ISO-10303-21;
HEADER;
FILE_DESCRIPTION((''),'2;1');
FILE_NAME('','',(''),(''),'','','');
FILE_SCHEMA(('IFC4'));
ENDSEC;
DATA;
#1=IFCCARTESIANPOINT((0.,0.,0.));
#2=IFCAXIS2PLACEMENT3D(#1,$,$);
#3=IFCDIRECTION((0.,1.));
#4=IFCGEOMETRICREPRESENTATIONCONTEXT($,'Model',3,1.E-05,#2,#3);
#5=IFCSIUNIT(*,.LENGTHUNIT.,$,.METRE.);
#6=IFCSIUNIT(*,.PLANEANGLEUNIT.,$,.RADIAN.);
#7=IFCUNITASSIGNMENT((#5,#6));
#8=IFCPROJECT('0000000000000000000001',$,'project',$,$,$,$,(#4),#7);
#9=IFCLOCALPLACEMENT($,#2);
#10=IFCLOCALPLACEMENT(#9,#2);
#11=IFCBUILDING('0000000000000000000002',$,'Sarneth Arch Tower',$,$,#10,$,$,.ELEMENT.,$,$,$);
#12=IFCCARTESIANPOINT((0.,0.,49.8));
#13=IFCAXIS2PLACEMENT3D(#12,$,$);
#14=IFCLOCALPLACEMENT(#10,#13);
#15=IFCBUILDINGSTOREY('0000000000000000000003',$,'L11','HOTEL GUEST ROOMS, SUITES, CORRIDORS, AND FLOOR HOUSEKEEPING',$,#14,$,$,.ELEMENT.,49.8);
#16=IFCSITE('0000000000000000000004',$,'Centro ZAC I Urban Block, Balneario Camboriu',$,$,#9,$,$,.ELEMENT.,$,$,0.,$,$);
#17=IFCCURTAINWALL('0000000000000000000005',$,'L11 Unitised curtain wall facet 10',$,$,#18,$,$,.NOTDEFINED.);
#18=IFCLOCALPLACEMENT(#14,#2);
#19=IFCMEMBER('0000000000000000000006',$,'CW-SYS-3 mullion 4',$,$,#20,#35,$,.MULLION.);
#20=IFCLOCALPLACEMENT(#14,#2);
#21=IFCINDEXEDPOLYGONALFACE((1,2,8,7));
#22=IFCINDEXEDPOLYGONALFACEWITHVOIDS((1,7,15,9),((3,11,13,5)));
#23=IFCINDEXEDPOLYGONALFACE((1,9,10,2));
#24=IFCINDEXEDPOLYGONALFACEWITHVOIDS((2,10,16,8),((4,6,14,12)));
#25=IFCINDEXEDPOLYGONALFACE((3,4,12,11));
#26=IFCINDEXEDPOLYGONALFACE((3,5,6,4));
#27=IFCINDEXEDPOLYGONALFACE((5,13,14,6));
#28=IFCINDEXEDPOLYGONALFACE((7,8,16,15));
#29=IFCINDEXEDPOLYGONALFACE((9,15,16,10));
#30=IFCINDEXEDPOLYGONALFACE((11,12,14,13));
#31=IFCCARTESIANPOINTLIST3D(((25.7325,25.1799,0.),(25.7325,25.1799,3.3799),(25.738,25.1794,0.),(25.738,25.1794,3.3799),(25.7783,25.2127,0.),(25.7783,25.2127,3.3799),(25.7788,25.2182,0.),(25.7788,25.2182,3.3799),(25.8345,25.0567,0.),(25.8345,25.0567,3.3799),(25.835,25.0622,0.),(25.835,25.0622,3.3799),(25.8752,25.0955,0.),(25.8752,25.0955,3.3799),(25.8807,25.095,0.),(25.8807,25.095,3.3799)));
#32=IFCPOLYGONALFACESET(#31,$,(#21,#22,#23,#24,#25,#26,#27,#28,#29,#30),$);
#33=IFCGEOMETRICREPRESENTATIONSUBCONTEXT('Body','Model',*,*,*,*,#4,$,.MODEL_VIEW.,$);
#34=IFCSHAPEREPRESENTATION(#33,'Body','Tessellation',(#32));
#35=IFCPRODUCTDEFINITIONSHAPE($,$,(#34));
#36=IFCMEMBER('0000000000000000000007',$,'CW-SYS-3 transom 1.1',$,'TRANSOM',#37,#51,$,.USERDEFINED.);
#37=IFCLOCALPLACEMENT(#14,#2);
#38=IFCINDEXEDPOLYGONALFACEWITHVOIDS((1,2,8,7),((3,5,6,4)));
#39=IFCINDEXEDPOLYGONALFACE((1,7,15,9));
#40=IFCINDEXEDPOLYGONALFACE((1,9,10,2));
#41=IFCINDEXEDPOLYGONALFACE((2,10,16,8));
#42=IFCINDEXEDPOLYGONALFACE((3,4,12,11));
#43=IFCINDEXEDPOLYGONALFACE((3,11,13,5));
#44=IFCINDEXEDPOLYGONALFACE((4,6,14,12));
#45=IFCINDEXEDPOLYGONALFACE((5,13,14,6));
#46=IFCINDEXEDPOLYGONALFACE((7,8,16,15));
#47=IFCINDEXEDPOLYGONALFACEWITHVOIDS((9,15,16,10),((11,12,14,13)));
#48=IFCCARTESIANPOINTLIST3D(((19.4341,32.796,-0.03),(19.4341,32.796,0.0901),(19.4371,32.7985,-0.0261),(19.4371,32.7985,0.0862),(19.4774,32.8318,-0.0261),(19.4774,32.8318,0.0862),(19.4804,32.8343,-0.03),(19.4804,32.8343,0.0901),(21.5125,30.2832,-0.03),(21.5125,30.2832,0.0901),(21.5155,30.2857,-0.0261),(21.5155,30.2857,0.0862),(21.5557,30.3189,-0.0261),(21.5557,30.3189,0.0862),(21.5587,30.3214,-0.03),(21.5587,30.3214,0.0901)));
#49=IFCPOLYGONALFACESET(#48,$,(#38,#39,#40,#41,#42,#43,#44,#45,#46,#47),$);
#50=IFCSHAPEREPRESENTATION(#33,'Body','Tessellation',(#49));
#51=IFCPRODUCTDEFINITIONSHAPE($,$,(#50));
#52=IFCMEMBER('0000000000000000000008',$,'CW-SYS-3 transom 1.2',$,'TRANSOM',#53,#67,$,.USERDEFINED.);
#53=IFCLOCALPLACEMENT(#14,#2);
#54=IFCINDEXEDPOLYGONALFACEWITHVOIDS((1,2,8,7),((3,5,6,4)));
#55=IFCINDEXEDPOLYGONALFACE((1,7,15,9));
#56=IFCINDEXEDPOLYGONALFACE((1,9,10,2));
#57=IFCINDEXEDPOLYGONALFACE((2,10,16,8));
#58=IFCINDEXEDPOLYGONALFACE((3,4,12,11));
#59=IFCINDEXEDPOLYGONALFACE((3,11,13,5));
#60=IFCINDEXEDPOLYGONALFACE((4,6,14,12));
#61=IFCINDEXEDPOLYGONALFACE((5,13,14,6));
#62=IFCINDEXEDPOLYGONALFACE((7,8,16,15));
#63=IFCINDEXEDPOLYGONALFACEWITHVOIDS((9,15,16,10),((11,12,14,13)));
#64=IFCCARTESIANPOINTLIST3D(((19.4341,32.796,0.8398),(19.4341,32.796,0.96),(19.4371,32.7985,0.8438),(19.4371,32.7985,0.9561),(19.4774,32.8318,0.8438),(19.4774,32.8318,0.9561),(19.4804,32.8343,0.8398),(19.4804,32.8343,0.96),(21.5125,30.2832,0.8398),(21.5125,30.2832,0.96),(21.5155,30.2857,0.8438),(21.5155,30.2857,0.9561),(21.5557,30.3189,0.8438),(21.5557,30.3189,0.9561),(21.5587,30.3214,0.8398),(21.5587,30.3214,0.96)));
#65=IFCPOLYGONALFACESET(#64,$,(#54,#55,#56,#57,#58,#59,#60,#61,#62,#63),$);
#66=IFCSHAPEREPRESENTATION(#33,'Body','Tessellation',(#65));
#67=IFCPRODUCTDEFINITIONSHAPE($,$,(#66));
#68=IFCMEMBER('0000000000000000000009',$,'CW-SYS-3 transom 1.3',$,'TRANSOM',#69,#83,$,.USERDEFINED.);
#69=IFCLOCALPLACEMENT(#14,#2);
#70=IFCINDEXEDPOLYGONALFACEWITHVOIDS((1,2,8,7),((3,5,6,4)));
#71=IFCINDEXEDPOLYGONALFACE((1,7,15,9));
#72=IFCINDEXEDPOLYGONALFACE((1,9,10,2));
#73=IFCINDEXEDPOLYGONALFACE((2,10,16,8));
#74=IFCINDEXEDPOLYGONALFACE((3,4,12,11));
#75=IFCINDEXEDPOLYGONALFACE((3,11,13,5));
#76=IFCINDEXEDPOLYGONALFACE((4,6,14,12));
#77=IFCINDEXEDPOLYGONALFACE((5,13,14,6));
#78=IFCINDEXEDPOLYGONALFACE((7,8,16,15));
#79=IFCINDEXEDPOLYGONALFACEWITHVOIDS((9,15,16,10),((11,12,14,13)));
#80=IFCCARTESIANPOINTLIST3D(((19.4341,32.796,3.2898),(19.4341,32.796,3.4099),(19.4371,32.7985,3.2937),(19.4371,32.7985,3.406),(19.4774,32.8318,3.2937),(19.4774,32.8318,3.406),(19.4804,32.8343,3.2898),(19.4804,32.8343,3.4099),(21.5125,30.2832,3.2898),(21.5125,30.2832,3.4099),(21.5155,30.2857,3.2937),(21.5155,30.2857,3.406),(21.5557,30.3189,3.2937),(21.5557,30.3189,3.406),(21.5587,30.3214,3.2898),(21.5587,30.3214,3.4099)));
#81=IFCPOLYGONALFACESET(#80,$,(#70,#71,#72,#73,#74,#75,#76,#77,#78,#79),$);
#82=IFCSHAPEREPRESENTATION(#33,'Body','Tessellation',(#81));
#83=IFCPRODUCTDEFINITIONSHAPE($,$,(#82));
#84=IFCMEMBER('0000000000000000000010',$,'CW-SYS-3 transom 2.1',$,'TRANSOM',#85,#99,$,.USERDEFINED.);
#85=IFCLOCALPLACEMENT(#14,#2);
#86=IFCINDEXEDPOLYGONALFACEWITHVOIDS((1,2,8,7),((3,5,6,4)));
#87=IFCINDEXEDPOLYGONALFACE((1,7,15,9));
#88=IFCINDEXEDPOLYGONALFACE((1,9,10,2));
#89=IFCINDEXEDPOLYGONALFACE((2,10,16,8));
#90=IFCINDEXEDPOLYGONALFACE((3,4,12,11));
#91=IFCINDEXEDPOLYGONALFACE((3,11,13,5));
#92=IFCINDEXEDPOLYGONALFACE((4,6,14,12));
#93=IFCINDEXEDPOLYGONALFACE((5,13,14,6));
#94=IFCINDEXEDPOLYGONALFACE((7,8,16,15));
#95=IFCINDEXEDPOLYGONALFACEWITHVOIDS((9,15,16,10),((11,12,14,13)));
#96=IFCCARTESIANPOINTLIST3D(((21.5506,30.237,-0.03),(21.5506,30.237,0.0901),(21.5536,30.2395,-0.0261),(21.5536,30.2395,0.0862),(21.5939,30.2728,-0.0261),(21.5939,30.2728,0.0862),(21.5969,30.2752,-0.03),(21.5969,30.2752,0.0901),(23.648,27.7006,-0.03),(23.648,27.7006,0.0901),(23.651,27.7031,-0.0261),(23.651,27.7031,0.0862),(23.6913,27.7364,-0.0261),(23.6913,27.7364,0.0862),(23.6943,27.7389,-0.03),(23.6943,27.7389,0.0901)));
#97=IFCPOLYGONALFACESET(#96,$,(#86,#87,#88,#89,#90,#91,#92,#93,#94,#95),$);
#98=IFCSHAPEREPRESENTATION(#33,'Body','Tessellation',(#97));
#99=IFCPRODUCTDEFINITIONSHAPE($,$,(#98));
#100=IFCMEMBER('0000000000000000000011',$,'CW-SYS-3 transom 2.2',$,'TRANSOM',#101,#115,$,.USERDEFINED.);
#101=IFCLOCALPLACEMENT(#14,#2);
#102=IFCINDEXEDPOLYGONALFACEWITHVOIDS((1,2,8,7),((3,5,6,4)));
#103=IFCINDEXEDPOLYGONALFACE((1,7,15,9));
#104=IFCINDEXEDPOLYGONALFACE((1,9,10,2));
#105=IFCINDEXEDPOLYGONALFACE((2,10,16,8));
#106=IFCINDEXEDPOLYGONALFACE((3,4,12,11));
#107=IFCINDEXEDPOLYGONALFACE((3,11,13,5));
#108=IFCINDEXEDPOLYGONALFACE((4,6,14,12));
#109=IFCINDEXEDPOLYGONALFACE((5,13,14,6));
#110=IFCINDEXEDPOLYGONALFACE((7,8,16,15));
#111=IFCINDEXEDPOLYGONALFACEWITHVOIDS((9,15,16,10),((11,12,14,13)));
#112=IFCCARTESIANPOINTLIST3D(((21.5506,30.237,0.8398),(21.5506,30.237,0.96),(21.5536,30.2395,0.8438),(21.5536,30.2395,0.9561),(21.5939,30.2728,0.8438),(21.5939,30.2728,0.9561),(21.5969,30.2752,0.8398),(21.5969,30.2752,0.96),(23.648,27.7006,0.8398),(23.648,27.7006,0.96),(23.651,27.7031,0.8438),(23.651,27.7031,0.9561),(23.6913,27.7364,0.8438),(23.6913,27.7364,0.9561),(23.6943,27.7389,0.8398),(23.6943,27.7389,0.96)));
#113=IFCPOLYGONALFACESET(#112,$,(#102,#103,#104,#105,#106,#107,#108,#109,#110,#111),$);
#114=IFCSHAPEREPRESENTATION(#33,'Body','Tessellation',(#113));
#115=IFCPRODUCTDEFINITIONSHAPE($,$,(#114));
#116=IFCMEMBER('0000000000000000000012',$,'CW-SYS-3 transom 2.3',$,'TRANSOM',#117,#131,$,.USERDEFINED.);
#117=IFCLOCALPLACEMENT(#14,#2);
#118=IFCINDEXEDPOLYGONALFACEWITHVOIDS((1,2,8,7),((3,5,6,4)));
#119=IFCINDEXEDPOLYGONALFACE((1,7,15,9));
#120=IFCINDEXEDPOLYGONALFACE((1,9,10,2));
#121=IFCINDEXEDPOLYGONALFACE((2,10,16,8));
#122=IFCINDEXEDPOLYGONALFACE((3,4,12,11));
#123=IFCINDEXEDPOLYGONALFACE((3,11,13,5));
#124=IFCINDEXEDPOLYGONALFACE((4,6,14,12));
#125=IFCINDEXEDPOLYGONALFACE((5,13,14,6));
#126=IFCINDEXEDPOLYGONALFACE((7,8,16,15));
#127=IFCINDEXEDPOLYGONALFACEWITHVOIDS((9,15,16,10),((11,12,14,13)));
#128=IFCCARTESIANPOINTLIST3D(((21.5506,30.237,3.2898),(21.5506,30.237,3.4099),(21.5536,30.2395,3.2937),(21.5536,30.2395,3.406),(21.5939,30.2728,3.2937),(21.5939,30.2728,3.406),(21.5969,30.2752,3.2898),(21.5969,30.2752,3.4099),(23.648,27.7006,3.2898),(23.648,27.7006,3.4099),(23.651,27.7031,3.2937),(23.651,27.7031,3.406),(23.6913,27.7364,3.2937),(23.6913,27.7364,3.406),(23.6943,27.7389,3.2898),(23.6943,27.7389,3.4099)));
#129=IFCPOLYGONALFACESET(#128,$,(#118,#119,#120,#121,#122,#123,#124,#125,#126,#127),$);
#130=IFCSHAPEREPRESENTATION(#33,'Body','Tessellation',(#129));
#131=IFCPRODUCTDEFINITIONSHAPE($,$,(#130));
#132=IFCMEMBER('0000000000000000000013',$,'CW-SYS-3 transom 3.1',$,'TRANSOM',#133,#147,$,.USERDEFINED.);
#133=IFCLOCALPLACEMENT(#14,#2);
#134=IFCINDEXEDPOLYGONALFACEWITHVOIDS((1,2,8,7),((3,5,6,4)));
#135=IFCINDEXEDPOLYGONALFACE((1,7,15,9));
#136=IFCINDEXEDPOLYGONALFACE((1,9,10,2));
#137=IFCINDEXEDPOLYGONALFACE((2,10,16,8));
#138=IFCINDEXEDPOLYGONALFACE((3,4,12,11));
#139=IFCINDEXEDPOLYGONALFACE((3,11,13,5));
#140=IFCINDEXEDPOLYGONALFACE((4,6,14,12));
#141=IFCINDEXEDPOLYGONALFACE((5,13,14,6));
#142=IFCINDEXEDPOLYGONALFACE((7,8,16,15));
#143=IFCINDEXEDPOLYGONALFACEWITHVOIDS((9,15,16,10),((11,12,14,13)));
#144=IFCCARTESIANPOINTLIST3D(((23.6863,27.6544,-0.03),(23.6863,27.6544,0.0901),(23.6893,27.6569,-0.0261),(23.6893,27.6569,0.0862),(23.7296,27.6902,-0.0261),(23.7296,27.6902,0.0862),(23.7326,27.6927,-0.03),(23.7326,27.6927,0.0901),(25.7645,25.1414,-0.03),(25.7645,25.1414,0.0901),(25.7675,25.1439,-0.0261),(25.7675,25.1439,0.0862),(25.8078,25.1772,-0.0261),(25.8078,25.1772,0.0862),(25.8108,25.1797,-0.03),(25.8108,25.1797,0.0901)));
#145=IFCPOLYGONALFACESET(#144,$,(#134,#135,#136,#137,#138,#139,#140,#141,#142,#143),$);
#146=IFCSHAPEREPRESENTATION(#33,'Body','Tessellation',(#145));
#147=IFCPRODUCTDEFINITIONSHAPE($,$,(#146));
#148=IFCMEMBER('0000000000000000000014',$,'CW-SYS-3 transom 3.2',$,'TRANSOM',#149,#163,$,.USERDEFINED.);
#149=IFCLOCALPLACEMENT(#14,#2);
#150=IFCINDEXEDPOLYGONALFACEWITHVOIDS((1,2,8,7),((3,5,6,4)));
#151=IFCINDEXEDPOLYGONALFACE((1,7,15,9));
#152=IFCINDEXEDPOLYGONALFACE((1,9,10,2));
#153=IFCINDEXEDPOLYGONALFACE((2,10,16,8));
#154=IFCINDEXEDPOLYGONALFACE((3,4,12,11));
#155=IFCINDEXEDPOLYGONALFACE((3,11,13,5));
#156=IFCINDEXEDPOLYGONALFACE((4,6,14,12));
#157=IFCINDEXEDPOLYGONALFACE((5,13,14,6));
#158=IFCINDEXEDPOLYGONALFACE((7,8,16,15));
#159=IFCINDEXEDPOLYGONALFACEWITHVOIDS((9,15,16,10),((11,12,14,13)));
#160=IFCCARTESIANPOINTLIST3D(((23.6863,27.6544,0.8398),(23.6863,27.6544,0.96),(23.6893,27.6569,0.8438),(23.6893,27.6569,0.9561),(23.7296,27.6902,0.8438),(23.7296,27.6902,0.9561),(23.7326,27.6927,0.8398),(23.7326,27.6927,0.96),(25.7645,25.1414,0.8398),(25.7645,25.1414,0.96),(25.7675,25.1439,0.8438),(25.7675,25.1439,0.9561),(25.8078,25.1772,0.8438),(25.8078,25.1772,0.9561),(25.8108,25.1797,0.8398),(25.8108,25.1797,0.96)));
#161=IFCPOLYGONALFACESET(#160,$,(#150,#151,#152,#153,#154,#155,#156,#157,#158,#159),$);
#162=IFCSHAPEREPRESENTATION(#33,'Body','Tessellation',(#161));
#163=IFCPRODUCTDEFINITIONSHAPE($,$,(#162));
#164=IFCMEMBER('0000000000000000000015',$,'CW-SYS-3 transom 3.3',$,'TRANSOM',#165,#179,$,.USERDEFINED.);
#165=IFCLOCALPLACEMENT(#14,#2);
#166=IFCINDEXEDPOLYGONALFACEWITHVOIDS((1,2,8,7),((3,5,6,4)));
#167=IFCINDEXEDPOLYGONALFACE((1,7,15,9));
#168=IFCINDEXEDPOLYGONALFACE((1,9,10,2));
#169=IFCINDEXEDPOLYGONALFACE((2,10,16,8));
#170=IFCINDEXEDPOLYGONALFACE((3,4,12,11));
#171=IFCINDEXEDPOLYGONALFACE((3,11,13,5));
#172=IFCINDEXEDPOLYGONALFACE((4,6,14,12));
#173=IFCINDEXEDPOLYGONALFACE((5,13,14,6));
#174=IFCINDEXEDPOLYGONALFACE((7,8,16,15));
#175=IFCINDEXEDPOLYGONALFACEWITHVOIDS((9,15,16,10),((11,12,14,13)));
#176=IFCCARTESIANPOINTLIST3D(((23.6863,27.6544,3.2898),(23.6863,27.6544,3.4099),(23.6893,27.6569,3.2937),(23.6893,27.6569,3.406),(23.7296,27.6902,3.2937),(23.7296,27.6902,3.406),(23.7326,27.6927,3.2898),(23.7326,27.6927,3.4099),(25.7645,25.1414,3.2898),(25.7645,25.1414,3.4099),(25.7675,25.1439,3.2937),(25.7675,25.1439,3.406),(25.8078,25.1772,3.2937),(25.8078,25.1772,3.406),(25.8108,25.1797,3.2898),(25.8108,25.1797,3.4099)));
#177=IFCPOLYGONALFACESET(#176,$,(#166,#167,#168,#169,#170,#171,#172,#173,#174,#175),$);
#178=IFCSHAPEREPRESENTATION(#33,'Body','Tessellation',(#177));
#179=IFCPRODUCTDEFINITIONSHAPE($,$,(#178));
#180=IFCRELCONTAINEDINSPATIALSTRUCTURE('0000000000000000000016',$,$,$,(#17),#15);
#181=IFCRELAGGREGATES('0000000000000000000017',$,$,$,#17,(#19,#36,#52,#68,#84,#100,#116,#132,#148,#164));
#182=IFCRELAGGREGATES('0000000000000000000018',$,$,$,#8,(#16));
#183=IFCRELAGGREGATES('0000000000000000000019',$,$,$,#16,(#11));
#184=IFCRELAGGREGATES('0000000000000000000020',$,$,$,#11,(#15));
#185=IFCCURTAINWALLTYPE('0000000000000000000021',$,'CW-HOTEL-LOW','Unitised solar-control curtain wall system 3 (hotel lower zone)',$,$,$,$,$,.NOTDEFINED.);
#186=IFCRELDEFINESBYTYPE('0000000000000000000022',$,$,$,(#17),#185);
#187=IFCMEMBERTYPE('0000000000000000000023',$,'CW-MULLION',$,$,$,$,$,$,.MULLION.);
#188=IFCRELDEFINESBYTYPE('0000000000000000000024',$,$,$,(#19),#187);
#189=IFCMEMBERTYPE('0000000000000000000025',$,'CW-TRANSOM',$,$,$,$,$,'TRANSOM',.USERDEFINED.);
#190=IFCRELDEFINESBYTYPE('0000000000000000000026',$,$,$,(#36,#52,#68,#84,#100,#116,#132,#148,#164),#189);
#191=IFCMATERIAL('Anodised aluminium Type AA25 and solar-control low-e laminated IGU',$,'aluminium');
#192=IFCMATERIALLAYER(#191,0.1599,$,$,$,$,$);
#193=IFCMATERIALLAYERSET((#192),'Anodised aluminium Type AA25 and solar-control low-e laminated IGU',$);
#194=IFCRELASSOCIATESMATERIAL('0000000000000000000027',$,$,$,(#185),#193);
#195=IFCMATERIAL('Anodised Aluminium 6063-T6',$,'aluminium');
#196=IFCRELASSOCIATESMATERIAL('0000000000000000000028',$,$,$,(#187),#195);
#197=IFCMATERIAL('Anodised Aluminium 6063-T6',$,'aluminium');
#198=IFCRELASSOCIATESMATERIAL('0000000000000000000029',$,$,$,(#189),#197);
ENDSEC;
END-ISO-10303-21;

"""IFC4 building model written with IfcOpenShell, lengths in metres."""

from ifc_helpers import new_model, si_unit, direction, frame, origin, origin_2d, place, context, subcontext, project, spatial, hollow_rectangle, extrude, material, layer, layer_set, material_profile, profile_set, type_object, element, aggregate, save


model = new_model("IFC4")

# Units and contexts
model_context = context("Model", 3, precision=1e-05, world=origin(), true_north=direction((0.0, 1.0)))
body_context = subcontext(model_context, "Body", "Model", "MODEL_VIEW")
ifc_project = project(units=[si_unit("LENGTHUNIT", "METRE"), si_unit("PLANEANGLEUNIT", "RADIAN")], contexts=[model_context])

# Site, building, storey
site_placement = place(None, origin())
site = spatial("IfcSite", under=ifc_project, at=site_placement, Name="Centro ZAC I Urban Block, Balneario Camboriu", CompositionType="ELEMENT", RefElevation=0.0)
building_placement = place(site_placement, origin())
building = spatial("IfcBuilding", under=site, at=building_placement, Name="Sarneth Arch Tower", CompositionType="ELEMENT")
storey_placement = place(building_placement, frame((0.0, 0.0, 49.8)))
storey = spatial("IfcBuildingStorey", under=building, at=storey_placement, Name="L11", Description="HOTEL GUEST ROOMS, SUITES, CORRIDORS, AND FLOOR HOUSEKEEPING", CompositionType="ELEMENT", Elevation=49.8)

# Curtain wall, members
ifc_material_1 = material(Name="Anodised aluminium Type AA25 and solar-control low-e laminated IGU", Category="aluminium")
ifc_layer_1 = layer(ifc_material_1, 0.1599)
ifc_layer_set_1 = layer_set([ifc_layer_1], Name="Anodised aluminium Type AA25 and solar-control low-e laminated IGU")
curtain_wall_type = type_object("IfcCurtainWallType", Name="CW-HOTEL-LOW", Description="Unitised solar-control curtain wall system 3 (hotel lower zone)", PredefinedType="NOTDEFINED", material=ifc_layer_set_1)
curtain_wall_placement = place(storey_placement, origin())
curtain_wall = element("IfcCurtainWall", 1, at=curtain_wall_placement, inside=storey, type_object=curtain_wall_type, Name="L11 Unitised curtain wall facet 10", PredefinedType="NOTDEFINED")
ifc_material_2 = material(Name="Anodised Aluminium 6063-T6", Category="aluminium")
ifc_material_profile_1 = material_profile(ifc_material_2, hollow_rectangle(XDim=0.0601, YDim=0.1599, WallThickness=0.0039, at=origin_2d()), Name="AL-MULL-160x60x4")
ifc_profile_set_1 = profile_set([ifc_material_profile_1], Name="Anodised Aluminium 6063-T6")
member_type_1 = type_object("IfcMemberType", Name="CW-MULLION", PredefinedType="MULLION", material=ifc_profile_set_1)
member_1_placement = place(storey_placement, frame((25.8066, 25.1375, 0.0), z_axis=(0.0, 0.0, 1.0), x_axis=(0.770623, 0.637291, 0.0)))
member_1 = element("IfcMember", 2, at=member_1_placement, type_object=member_type_1, Name="CW-SYS-3 mullion 4", PredefinedType="MULLION", context=body_context, shape_type="SweptSolid", body=[
    extrude(hollow_rectangle(XDim=0.0601, YDim=0.1599, WallThickness=0.0039, at=origin_2d()), origin(), (0.0, 0.0, 1.0), 3.3799),
])
ifc_material_3 = material(Name="Anodised Aluminium 6063-T6", Category="aluminium")
ifc_material_profile_2 = material_profile(ifc_material_3, hollow_rectangle(XDim=0.0601, YDim=0.1201, WallThickness=0.0039, at=origin_2d()), Name="AL-TRAN-120x60x4")
ifc_profile_set_2 = profile_set([ifc_material_profile_2], Name="Anodised Aluminium 6063-T6")
member_type_2 = type_object("IfcMemberType", Name="CW-TRANSOM", ElementType="TRANSOM", PredefinedType="USERDEFINED", material=ifc_profile_set_2)
member_2_placement = place(storey_placement, frame((19.4573, 32.8152, 0.03), z_axis=(0.63733, -0.770591, 0.0), x_axis=(0.770591, 0.63733, 0.0)))
member_2 = element("IfcMember", 3, at=member_2_placement, type_object=member_type_2, Name="CW-SYS-3 transom 1.1", ObjectType="TRANSOM", PredefinedType="USERDEFINED", context=body_context, shape_type="SweptSolid", body=[
    extrude(hollow_rectangle(XDim=0.0601, YDim=0.1201, WallThickness=0.0039, at=origin_2d()), origin(), (0.0, 0.0, 1.0), 3.261),
])
member_3_placement = place(storey_placement, frame((19.4573, 32.8152, 0.8999), z_axis=(0.63733, -0.770591, 0.0), x_axis=(0.770591, 0.63733, 0.0)))
member_3 = element("IfcMember", 4, at=member_3_placement, type_object=member_type_2, Name="CW-SYS-3 transom 1.2", ObjectType="TRANSOM", PredefinedType="USERDEFINED", context=body_context, shape_type="SweptSolid", body=[
    extrude(hollow_rectangle(XDim=0.0601, YDim=0.1201, WallThickness=0.0039, at=origin_2d()), origin(), (0.0, 0.0, 1.0), 3.261),
])
member_4_placement = place(storey_placement, frame((19.4573, 32.8152, 3.3499), z_axis=(0.63733, -0.770591, 0.0), x_axis=(0.770591, 0.63733, 0.0)))
member_4 = element("IfcMember", 5, at=member_4_placement, type_object=member_type_2, Name="CW-SYS-3 transom 1.3", ObjectType="TRANSOM", PredefinedType="USERDEFINED", context=body_context, shape_type="SweptSolid", body=[
    extrude(hollow_rectangle(XDim=0.0601, YDim=0.1201, WallThickness=0.0039, at=origin_2d()), origin(), (0.0, 0.0, 1.0), 3.261),
])
member_5_placement = place(storey_placement, frame((21.5737, 30.2561, 0.03), z_axis=(0.637269, -0.770642, 0.0), x_axis=(0.770642, 0.637269, 0.0)))
member_5 = element("IfcMember", 6, at=member_5_placement, type_object=member_type_2, Name="CW-SYS-3 transom 2.1", ObjectType="TRANSOM", PredefinedType="USERDEFINED", context=body_context, shape_type="SweptSolid", body=[
    extrude(hollow_rectangle(XDim=0.0601, YDim=0.1201, WallThickness=0.0039, at=origin_2d()), origin(), (0.0, 0.0, 1.0), 3.2913),
])
member_6_placement = place(storey_placement, frame((21.5737, 30.2561, 0.8999), z_axis=(0.637269, -0.770642, 0.0), x_axis=(0.770642, 0.637269, 0.0)))
member_6 = element("IfcMember", 7, at=member_6_placement, type_object=member_type_2, Name="CW-SYS-3 transom 2.2", ObjectType="TRANSOM", PredefinedType="USERDEFINED", context=body_context, shape_type="SweptSolid", body=[
    extrude(hollow_rectangle(XDim=0.0601, YDim=0.1201, WallThickness=0.0039, at=origin_2d()), origin(), (0.0, 0.0, 1.0), 3.2913),
])
member_7_placement = place(storey_placement, frame((21.5737, 30.2561, 3.3499), z_axis=(0.637269, -0.770642, 0.0), x_axis=(0.770642, 0.637269, 0.0)))
member_7 = element("IfcMember", 8, at=member_7_placement, type_object=member_type_2, Name="CW-SYS-3 transom 2.3", ObjectType="TRANSOM", PredefinedType="USERDEFINED", context=body_context, shape_type="SweptSolid", body=[
    extrude(hollow_rectangle(XDim=0.0601, YDim=0.1201, WallThickness=0.0039, at=origin_2d()), origin(), (0.0, 0.0, 1.0), 3.2913),
])
member_8_placement = place(storey_placement, frame((23.7095, 27.6736, 0.03), z_axis=(0.637286, -0.770628, 0.0), x_axis=(0.770628, 0.637286, 0.0)))
member_8 = element("IfcMember", 9, at=member_8_placement, type_object=member_type_2, Name="CW-SYS-3 transom 3.1", ObjectType="TRANSOM", PredefinedType="USERDEFINED", context=body_context, shape_type="SweptSolid", body=[
    extrude(hollow_rectangle(XDim=0.0601, YDim=0.1201, WallThickness=0.0039, at=origin_2d()), origin(), (0.0, 0.0, 1.0), 3.261),
])
member_9_placement = place(storey_placement, frame((23.7095, 27.6736, 0.8999), z_axis=(0.637286, -0.770628, 0.0), x_axis=(0.770628, 0.637286, 0.0)))
member_9 = element("IfcMember", 10, at=member_9_placement, type_object=member_type_2, Name="CW-SYS-3 transom 3.2", ObjectType="TRANSOM", PredefinedType="USERDEFINED", context=body_context, shape_type="SweptSolid", body=[
    extrude(hollow_rectangle(XDim=0.0601, YDim=0.1201, WallThickness=0.0039, at=origin_2d()), origin(), (0.0, 0.0, 1.0), 3.261),
])
member_10_placement = place(storey_placement, frame((23.7095, 27.6736, 3.3499), z_axis=(0.637286, -0.770628, 0.0), x_axis=(0.770628, 0.637286, 0.0)))
member_10 = element("IfcMember", 11, at=member_10_placement, type_object=member_type_2, Name="CW-SYS-3 transom 3.3", ObjectType="TRANSOM", PredefinedType="USERDEFINED", context=body_context, shape_type="SweptSolid", body=[
    extrude(hollow_rectangle(XDim=0.0601, YDim=0.1201, WallThickness=0.0039, at=origin_2d()), origin(), (0.0, 0.0, 1.0), 3.261),
])

aggregate(curtain_wall, [member_1, member_2, member_3, member_4, member_5, member_6, member_7, member_8, member_9, member_10])

save(model, "model.ifc")
